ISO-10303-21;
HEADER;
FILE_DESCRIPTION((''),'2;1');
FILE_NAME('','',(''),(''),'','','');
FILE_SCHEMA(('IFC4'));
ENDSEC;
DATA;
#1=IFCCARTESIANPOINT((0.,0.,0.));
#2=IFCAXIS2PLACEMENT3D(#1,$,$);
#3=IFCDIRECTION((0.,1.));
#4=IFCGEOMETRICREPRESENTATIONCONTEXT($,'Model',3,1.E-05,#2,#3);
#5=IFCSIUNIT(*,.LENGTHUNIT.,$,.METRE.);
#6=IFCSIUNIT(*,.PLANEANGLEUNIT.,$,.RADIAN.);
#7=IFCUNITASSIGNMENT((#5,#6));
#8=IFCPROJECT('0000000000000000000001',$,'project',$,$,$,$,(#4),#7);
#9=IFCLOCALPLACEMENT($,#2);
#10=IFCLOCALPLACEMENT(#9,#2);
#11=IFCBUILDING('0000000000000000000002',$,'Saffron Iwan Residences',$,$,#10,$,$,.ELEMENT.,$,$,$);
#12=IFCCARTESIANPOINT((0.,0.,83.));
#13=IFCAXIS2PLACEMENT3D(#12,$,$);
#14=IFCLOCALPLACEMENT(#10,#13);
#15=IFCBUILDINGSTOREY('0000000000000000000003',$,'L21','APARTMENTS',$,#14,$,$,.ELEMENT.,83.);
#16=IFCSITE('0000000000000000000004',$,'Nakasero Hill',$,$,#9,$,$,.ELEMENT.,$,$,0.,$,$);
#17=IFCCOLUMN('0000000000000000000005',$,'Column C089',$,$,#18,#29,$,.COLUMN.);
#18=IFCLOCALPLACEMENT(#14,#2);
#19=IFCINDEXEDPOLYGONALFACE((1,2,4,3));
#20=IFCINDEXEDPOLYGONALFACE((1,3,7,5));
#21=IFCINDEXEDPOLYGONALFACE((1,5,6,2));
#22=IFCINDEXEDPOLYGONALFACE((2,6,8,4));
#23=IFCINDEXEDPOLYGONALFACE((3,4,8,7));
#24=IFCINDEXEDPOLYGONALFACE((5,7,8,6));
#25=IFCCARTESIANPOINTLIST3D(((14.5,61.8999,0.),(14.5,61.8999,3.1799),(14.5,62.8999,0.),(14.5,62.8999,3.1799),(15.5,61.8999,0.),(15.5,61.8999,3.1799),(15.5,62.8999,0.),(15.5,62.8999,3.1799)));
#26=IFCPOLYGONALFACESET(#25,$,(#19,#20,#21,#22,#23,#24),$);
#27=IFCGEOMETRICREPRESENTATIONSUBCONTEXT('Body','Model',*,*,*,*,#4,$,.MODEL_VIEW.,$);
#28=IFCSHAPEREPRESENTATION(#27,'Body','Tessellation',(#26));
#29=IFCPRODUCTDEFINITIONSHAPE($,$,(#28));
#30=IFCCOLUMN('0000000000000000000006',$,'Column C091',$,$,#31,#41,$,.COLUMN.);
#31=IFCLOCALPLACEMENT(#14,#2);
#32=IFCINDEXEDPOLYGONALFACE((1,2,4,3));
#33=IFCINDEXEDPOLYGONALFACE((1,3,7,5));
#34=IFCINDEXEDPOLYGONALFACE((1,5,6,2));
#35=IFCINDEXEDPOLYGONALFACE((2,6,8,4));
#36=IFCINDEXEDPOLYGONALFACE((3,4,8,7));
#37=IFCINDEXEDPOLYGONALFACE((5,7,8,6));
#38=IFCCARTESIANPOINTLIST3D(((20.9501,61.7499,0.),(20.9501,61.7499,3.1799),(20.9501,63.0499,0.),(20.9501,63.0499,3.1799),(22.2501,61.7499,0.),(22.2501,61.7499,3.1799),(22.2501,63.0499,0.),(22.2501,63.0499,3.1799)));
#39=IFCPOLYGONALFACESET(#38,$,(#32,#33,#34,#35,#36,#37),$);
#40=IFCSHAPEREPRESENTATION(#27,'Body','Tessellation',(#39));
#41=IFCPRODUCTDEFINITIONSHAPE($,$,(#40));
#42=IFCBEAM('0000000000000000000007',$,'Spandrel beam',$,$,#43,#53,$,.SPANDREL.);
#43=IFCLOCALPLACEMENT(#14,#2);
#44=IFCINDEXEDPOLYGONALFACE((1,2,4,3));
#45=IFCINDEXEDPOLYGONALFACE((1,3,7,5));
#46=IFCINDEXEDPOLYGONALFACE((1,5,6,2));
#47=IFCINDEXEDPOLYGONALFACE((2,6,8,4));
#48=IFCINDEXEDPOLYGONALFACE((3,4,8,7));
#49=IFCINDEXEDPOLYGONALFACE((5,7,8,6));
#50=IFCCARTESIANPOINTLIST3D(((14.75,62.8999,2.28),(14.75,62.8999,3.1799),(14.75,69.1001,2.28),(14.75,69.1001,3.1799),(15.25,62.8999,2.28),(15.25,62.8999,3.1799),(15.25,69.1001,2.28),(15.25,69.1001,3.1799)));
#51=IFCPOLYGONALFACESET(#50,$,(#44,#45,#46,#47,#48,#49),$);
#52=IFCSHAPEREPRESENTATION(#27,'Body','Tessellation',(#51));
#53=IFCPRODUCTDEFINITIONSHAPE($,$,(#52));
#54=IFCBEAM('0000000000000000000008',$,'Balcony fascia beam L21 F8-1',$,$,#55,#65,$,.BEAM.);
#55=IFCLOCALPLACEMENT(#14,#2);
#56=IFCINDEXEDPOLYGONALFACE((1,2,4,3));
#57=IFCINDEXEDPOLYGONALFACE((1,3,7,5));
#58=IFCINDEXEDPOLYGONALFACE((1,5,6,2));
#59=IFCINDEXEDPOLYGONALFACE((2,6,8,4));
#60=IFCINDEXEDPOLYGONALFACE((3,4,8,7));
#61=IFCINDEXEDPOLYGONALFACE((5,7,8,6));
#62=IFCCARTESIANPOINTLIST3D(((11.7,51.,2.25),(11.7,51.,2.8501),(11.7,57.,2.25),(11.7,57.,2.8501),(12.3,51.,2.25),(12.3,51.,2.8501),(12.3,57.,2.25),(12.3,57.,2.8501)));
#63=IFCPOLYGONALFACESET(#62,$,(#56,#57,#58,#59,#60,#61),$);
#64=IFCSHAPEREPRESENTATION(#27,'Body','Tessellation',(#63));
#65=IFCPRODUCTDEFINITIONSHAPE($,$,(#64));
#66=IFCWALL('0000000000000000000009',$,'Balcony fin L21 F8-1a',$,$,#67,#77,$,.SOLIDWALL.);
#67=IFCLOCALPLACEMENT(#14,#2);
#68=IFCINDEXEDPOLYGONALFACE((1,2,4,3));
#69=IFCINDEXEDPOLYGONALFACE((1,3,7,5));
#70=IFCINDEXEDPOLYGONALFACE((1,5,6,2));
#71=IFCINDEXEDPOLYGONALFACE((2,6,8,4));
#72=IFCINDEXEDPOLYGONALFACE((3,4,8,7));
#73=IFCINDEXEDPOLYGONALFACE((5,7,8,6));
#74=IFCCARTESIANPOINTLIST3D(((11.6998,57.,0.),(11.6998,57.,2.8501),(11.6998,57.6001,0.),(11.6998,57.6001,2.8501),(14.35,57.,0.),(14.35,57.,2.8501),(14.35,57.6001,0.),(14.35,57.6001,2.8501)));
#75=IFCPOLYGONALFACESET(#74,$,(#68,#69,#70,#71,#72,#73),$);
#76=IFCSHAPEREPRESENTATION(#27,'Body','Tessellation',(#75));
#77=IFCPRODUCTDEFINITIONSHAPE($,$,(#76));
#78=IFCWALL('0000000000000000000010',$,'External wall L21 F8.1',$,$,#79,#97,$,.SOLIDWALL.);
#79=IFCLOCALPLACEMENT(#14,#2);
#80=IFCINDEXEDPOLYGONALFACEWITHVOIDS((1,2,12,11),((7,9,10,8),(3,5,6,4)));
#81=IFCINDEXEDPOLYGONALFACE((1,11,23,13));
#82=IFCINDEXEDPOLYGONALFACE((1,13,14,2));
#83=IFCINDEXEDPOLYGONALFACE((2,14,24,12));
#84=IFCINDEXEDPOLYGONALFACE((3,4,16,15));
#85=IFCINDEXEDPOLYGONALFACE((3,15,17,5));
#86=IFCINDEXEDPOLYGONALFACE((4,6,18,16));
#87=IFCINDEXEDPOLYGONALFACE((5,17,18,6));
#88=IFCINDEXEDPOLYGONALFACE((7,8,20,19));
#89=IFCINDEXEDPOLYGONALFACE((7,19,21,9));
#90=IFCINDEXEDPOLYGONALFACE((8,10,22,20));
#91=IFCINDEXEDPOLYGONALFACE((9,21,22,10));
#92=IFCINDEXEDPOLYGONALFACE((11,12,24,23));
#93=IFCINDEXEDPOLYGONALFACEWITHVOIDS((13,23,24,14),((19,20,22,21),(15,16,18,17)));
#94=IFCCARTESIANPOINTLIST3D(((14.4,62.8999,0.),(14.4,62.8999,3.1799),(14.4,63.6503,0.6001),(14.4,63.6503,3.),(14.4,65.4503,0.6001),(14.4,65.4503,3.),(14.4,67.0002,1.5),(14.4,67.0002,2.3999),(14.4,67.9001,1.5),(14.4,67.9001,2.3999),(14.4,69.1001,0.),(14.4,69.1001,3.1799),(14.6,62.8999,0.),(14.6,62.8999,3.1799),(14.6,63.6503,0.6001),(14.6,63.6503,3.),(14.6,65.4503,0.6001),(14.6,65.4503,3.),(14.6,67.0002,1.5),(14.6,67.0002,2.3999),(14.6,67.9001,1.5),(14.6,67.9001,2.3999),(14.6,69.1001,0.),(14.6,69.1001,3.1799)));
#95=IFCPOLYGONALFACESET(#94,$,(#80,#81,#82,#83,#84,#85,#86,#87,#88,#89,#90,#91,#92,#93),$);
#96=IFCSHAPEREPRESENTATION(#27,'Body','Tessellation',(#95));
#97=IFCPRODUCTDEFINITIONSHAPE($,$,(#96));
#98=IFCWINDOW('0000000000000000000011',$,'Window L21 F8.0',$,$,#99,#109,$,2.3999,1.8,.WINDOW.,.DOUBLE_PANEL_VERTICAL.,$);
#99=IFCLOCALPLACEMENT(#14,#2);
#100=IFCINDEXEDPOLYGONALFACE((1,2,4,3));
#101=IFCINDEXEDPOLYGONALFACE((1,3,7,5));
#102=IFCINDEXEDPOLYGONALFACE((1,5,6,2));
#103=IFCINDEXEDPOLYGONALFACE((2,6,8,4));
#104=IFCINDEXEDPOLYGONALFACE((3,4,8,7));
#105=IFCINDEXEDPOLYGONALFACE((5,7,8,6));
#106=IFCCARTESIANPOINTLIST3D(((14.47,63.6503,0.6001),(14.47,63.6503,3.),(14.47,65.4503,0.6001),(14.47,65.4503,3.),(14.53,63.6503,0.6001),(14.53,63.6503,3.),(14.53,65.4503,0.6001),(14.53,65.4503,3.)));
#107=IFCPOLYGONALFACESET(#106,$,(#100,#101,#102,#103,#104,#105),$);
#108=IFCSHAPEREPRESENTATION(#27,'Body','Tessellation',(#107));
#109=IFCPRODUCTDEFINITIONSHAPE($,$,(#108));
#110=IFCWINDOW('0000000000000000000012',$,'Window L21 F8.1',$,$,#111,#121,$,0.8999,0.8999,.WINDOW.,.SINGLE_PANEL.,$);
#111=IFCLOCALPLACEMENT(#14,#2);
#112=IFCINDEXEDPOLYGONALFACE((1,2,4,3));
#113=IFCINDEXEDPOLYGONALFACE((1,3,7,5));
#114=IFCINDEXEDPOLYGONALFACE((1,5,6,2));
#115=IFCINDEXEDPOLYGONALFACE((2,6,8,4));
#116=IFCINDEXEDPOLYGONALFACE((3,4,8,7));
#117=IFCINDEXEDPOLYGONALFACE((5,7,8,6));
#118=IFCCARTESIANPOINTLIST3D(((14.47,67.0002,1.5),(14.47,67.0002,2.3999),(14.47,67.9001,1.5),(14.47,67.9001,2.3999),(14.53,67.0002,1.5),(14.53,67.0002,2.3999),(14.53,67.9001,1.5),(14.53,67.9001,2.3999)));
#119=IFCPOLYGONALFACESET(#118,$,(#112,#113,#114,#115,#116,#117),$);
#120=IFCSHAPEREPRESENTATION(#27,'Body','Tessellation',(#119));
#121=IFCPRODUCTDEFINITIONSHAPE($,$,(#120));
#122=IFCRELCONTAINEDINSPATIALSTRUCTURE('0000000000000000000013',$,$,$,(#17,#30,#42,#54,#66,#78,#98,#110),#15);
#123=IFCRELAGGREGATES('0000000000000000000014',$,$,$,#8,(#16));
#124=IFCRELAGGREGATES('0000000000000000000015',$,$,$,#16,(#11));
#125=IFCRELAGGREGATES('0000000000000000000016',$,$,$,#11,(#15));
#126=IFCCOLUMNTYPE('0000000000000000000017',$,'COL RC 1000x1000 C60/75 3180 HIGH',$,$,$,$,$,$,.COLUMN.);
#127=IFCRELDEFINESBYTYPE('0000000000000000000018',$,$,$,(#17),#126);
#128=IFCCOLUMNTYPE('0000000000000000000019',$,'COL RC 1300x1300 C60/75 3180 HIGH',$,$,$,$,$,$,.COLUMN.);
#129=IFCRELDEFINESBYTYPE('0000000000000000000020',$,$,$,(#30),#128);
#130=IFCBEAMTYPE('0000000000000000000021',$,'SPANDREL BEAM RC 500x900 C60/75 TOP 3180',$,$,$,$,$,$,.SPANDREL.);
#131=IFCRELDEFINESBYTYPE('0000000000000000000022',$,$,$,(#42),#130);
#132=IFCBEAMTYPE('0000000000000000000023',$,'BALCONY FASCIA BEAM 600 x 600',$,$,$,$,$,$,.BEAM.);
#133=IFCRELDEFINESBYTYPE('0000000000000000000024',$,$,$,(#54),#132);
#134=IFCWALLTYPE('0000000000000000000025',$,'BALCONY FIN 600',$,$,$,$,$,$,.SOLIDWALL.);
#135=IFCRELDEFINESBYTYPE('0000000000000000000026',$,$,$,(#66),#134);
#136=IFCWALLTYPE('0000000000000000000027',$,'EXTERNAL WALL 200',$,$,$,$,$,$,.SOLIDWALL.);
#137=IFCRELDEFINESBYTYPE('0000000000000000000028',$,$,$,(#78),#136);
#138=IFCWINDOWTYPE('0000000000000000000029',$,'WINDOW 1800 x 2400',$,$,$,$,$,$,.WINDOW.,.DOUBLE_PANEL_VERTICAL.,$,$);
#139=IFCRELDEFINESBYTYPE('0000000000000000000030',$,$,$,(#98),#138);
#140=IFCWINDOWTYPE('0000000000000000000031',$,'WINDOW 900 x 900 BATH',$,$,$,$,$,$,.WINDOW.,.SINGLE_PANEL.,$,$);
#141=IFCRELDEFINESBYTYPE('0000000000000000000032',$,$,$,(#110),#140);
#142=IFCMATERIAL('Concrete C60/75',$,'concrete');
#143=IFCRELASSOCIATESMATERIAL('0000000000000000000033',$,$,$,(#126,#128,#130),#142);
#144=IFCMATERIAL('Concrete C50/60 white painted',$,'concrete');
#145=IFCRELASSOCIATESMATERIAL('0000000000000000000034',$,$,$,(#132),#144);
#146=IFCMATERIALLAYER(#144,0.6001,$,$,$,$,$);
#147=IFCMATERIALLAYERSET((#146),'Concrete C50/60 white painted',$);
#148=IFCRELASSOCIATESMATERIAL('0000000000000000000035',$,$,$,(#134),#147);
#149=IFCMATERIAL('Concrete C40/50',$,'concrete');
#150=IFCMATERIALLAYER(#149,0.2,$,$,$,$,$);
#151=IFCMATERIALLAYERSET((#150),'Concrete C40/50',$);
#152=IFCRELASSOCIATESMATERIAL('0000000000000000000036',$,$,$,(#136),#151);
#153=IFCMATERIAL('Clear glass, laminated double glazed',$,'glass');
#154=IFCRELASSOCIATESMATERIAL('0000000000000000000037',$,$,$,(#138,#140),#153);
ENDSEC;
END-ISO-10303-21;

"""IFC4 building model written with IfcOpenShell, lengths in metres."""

from ifc_helpers import new_model, si_unit, direction, frame, frame_2d, origin, origin_2d, place, context, subcontext, project, spatial, rectangle, extrude, source, transform, mapped, material, layer, layer_set, material_profile, profile_set, type_object, element, fill, save


model = new_model("IFC4")

# Units and contexts
model_context = context("Model", 3, precision=1e-05, world=origin(), true_north=direction((0.0, 1.0)))
body_context = subcontext(model_context, "Body", "Model", "MODEL_VIEW")
ifc_project = project(units=[si_unit("LENGTHUNIT", "METRE"), si_unit("PLANEANGLEUNIT", "RADIAN")], contexts=[model_context])

# Site, building, storey
site_placement = place(None, origin())
site = spatial("IfcSite", under=ifc_project, at=site_placement, Name="Nakasero Hill", CompositionType="ELEMENT", RefElevation=0.0)
building_placement = place(site_placement, origin())
building = spatial("IfcBuilding", under=site, at=building_placement, Name="Saffron Iwan Residences", CompositionType="ELEMENT")
storey_placement = place(building_placement, frame((0.0, 0.0, 83.0)))
storey = spatial("IfcBuildingStorey", under=building, at=storey_placement, Name="L21", Description="APARTMENTS", CompositionType="ELEMENT", Elevation=83.0)

# Columns
ifc_material_1 = material(Name="Concrete C60/75", Category="concrete")
ifc_material_profile_1 = material_profile(ifc_material_1, rectangle(XDim=1.0, YDim=1.0, at=origin_2d()), Name="RC 1000x1000")
ifc_profile_set_1 = profile_set([ifc_material_profile_1], Name="Concrete C60/75")
column_type_1 = type_object("IfcColumnType", Name="COL RC 1000x1000 C60/75 3180 HIGH", PredefinedType="COLUMN", material=ifc_profile_set_1)
shared_shape_1 = source(origin(), body_context, "Body", "SweptSolid", [
    extrude(rectangle(XDim=1.0, YDim=1.0, at=origin_2d()), origin(), (0.0, 0.0, 1.0), 3.1799),
])
column_1_placement = place(storey_placement, frame((15.0, 62.3999, 0.0), z_axis=(0.0, 0.0, 1.0), x_axis=(1.0, 0.0, 0.0)))
element("IfcColumn", 1, at=column_1_placement, inside=storey, type_object=column_type_1, Name="Column C089", PredefinedType="COLUMN", context=body_context, shape_type="MappedRepresentation", body=[
    mapped(shared_shape_1, transform((0.0, 0.0, 0.0))),
])
ifc_material_profile_2 = material_profile(ifc_material_1, rectangle(XDim=1.3, YDim=1.3, at=origin_2d()), Name="RC 1300x1300")
ifc_profile_set_2 = profile_set([ifc_material_profile_2], Name="Concrete C60/75")
column_type_2 = type_object("IfcColumnType", Name="COL RC 1300x1300 C60/75 3180 HIGH", PredefinedType="COLUMN", material=ifc_profile_set_2)
shared_shape_2 = source(origin(), body_context, "Body", "SweptSolid", [
    extrude(rectangle(XDim=1.3, YDim=1.3, at=origin_2d()), origin(), (0.0, 0.0, 1.0), 3.1799),
])
column_2_placement = place(storey_placement, frame((21.6001, 62.3999, 0.0), z_axis=(0.0, 0.0, 1.0), x_axis=(1.0, 0.0, 0.0)))
element("IfcColumn", 2, at=column_2_placement, inside=storey, type_object=column_type_2, Name="Column C091", PredefinedType="COLUMN", context=body_context, shape_type="MappedRepresentation", body=[
    mapped(shared_shape_2, transform((0.0, 0.0, 0.0))),
])

# Beams
ifc_material_profile_3 = material_profile(ifc_material_1, rectangle(XDim=0.5, YDim=0.8999, at=origin_2d()), Name="RC 500x900")
ifc_profile_set_3 = profile_set([ifc_material_profile_3], Name="Concrete C60/75")
beam_type_1 = type_object("IfcBeamType", Name="SPANDREL BEAM RC 500x900 C60/75 TOP 3180", PredefinedType="SPANDREL", material=ifc_profile_set_3)
shared_shape_3 = source(origin(), body_context, "Body", "SweptSolid", [
    extrude(rectangle(XDim=0.5, YDim=0.8999, at=origin_2d()), origin(), (0.0, 0.0, 1.0), 6.2002),
])
beam_1_placement = place(storey_placement, frame((15.0, 62.8999, 2.73), z_axis=(0.0, 1.0, 0.0), x_axis=(-1.0, 0.0, 0.0)))
element("IfcBeam", 3, at=beam_1_placement, inside=storey, type_object=beam_type_1, Name="Spandrel beam", PredefinedType="SPANDREL", context=body_context, shape_type="MappedRepresentation", body=[
    mapped(shared_shape_3, transform((0.0, 0.0, 0.0))),
])
ifc_material_2 = material(Name="Concrete C50/60 white painted", Category="concrete")
ifc_material_profile_4 = material_profile(ifc_material_2, rectangle(XDim=0.6001, YDim=0.6001, at=origin_2d()), Name="BALCONY FASCIA BEAM 600 x 600")
ifc_profile_set_4 = profile_set([ifc_material_profile_4], Name="Concrete C50/60 white painted")
beam_type_2 = type_object("IfcBeamType", Name="BALCONY FASCIA BEAM 600 x 600", PredefinedType="BEAM", material=ifc_profile_set_4)
shared_shape_4 = source(origin(), body_context, "Body", "SweptSolid", [
    extrude(rectangle(XDim=0.6001, YDim=0.6001, at=origin_2d()), origin(), (0.0, 0.0, 1.0), 6.0),
])
beam_2_placement = place(storey_placement, frame((12.0, 57.0, 2.55), z_axis=(0.0, -1.0, 0.0), x_axis=(1.0, 0.0, 0.0)))
element("IfcBeam", 4, at=beam_2_placement, inside=storey, type_object=beam_type_2, Name="Balcony fascia beam L21 F8-1", PredefinedType="BEAM", context=body_context, shape_type="MappedRepresentation", body=[
    mapped(shared_shape_4, transform((0.0, 0.0, 0.0))),
])

# Wall
ifc_layer_1 = layer(ifc_material_2, 0.6001)
ifc_layer_set_1 = layer_set([ifc_layer_1], Name="Concrete C50/60 white painted")
wall_type_1 = type_object("IfcWallType", Name="BALCONY FIN 600", PredefinedType="SOLIDWALL", material=ifc_layer_set_1)
wall_1_placement = place(storey_placement, frame((14.3501, 57.3, 0.0), z_axis=(0.0, 0.0, 1.0), x_axis=(-1.0, 0.0, 0.0)))
element("IfcWall", 5, at=wall_1_placement, inside=storey, type_object=wall_type_1, Name="Balcony fin L21 F8-1a", PredefinedType="SOLIDWALL", context=body_context, shape_type="SweptSolid", body=[
    extrude(rectangle(XDim=2.6501, YDim=0.6001, at=frame_2d((1.3252, 0.0))), origin(), (0.0, 0.0, 1.0), 2.8501),
])

# Wall, openings, windows
ifc_material_3 = material(Name="Concrete C40/50", Category="concrete")
ifc_layer_2 = layer(ifc_material_3, 0.2)
ifc_layer_set_2 = layer_set([ifc_layer_2], Name="Concrete C40/50")
wall_type_2 = type_object("IfcWallType", Name="EXTERNAL WALL 200", PredefinedType="SOLIDWALL", material=ifc_layer_set_2)
wall_2_placement = place(storey_placement, frame((14.5, 69.1001, 0.0), z_axis=(0.0, 0.0, 1.0), x_axis=(0.0, -1.0, 0.0)))
wall_2 = element("IfcWall", 6, at=wall_2_placement, inside=storey, type_object=wall_type_2, Name="External wall L21 F8.1", PredefinedType="SOLIDWALL", context=body_context, shape_type="SweptSolid", body=[
    extrude(rectangle(XDim=6.2002, YDim=0.2, at=frame_2d((3.1001, 0.0))), origin(), (0.0, 0.0, 1.0), 3.1799),
])
opening_1_placement = place(wall_2_placement, frame((3.6499, 0.0, 0.6001)))
opening_1 = element("IfcOpeningElement", 7, at=opening_1_placement, cuts=wall_2, PredefinedType="OPENING", context=body_context, shape_type="SweptSolid", body=[
    extrude(rectangle(XDim=1.8, YDim=2.3999, at=frame_2d((0.8999, 1.2))), frame((0.0, 0.1099, 0.0), z_axis=(0.0, -1.0, 0.0), x_axis=(1.0, 0.0, 0.0)), (0.0, 0.0, 1.0), 0.22),
])
opening_2_placement = place(wall_2_placement, frame((1.2, 0.0, 1.5)))
opening_2 = element("IfcOpeningElement", 8, at=opening_2_placement, cuts=wall_2, PredefinedType="OPENING", context=body_context, shape_type="SweptSolid", body=[
    extrude(rectangle(XDim=0.8999, YDim=0.8999, at=frame_2d((0.45, 0.45))), frame((0.0, 0.1099, 0.0), z_axis=(0.0, -1.0, 0.0), x_axis=(1.0, 0.0, 0.0)), (0.0, 0.0, 1.0), 0.22),
])
ifc_material_4 = material(Name="Clear glass, laminated double glazed", Category="glass")
window_type_1 = type_object("IfcWindowType", Name="WINDOW 1800 x 2400", PartitioningType="DOUBLE_PANEL_VERTICAL", PredefinedType="WINDOW", material=ifc_material_4)
window_1_placement = place(opening_1_placement, origin())
window_1 = element("IfcWindow", 9, at=window_1_placement, inside=storey, type_object=window_type_1, Name="Window L21 F8.0", OverallHeight=2.3999, OverallWidth=1.8, PartitioningType="DOUBLE_PANEL_VERTICAL", PredefinedType="WINDOW", context=body_context, shape_type="SweptSolid", body=[
    extrude(rectangle(XDim=1.8, YDim=2.3999, at=frame_2d((0.8999, 1.2))), frame((0.0, 0.03, 0.0), z_axis=(0.0, -1.0, 0.0), x_axis=(1.0, 0.0, 0.0)), (0.0, 0.0, 1.0), 0.0601),
])
fill(opening_1, window_1)
window_type_2 = type_object("IfcWindowType", Name="WINDOW 900 x 900 BATH", PartitioningType="SINGLE_PANEL", PredefinedType="WINDOW", material=ifc_material_4)
window_2_placement = place(opening_2_placement, origin())
window_2 = element("IfcWindow", 10, at=window_2_placement, inside=storey, type_object=window_type_2, Name="Window L21 F8.1", OverallHeight=0.8999, OverallWidth=0.8999, PartitioningType="SINGLE_PANEL", PredefinedType="WINDOW", context=body_context, shape_type="SweptSolid", body=[
    extrude(rectangle(XDim=0.8999, YDim=0.8999, at=frame_2d((0.45, 0.45))), frame((0.0, 0.03, 0.0), z_axis=(0.0, -1.0, 0.0), x_axis=(1.0, 0.0, 0.0)), (0.0, 0.0, 1.0), 0.0601),
])
fill(opening_2, window_2)

save(model, "model.ifc")
